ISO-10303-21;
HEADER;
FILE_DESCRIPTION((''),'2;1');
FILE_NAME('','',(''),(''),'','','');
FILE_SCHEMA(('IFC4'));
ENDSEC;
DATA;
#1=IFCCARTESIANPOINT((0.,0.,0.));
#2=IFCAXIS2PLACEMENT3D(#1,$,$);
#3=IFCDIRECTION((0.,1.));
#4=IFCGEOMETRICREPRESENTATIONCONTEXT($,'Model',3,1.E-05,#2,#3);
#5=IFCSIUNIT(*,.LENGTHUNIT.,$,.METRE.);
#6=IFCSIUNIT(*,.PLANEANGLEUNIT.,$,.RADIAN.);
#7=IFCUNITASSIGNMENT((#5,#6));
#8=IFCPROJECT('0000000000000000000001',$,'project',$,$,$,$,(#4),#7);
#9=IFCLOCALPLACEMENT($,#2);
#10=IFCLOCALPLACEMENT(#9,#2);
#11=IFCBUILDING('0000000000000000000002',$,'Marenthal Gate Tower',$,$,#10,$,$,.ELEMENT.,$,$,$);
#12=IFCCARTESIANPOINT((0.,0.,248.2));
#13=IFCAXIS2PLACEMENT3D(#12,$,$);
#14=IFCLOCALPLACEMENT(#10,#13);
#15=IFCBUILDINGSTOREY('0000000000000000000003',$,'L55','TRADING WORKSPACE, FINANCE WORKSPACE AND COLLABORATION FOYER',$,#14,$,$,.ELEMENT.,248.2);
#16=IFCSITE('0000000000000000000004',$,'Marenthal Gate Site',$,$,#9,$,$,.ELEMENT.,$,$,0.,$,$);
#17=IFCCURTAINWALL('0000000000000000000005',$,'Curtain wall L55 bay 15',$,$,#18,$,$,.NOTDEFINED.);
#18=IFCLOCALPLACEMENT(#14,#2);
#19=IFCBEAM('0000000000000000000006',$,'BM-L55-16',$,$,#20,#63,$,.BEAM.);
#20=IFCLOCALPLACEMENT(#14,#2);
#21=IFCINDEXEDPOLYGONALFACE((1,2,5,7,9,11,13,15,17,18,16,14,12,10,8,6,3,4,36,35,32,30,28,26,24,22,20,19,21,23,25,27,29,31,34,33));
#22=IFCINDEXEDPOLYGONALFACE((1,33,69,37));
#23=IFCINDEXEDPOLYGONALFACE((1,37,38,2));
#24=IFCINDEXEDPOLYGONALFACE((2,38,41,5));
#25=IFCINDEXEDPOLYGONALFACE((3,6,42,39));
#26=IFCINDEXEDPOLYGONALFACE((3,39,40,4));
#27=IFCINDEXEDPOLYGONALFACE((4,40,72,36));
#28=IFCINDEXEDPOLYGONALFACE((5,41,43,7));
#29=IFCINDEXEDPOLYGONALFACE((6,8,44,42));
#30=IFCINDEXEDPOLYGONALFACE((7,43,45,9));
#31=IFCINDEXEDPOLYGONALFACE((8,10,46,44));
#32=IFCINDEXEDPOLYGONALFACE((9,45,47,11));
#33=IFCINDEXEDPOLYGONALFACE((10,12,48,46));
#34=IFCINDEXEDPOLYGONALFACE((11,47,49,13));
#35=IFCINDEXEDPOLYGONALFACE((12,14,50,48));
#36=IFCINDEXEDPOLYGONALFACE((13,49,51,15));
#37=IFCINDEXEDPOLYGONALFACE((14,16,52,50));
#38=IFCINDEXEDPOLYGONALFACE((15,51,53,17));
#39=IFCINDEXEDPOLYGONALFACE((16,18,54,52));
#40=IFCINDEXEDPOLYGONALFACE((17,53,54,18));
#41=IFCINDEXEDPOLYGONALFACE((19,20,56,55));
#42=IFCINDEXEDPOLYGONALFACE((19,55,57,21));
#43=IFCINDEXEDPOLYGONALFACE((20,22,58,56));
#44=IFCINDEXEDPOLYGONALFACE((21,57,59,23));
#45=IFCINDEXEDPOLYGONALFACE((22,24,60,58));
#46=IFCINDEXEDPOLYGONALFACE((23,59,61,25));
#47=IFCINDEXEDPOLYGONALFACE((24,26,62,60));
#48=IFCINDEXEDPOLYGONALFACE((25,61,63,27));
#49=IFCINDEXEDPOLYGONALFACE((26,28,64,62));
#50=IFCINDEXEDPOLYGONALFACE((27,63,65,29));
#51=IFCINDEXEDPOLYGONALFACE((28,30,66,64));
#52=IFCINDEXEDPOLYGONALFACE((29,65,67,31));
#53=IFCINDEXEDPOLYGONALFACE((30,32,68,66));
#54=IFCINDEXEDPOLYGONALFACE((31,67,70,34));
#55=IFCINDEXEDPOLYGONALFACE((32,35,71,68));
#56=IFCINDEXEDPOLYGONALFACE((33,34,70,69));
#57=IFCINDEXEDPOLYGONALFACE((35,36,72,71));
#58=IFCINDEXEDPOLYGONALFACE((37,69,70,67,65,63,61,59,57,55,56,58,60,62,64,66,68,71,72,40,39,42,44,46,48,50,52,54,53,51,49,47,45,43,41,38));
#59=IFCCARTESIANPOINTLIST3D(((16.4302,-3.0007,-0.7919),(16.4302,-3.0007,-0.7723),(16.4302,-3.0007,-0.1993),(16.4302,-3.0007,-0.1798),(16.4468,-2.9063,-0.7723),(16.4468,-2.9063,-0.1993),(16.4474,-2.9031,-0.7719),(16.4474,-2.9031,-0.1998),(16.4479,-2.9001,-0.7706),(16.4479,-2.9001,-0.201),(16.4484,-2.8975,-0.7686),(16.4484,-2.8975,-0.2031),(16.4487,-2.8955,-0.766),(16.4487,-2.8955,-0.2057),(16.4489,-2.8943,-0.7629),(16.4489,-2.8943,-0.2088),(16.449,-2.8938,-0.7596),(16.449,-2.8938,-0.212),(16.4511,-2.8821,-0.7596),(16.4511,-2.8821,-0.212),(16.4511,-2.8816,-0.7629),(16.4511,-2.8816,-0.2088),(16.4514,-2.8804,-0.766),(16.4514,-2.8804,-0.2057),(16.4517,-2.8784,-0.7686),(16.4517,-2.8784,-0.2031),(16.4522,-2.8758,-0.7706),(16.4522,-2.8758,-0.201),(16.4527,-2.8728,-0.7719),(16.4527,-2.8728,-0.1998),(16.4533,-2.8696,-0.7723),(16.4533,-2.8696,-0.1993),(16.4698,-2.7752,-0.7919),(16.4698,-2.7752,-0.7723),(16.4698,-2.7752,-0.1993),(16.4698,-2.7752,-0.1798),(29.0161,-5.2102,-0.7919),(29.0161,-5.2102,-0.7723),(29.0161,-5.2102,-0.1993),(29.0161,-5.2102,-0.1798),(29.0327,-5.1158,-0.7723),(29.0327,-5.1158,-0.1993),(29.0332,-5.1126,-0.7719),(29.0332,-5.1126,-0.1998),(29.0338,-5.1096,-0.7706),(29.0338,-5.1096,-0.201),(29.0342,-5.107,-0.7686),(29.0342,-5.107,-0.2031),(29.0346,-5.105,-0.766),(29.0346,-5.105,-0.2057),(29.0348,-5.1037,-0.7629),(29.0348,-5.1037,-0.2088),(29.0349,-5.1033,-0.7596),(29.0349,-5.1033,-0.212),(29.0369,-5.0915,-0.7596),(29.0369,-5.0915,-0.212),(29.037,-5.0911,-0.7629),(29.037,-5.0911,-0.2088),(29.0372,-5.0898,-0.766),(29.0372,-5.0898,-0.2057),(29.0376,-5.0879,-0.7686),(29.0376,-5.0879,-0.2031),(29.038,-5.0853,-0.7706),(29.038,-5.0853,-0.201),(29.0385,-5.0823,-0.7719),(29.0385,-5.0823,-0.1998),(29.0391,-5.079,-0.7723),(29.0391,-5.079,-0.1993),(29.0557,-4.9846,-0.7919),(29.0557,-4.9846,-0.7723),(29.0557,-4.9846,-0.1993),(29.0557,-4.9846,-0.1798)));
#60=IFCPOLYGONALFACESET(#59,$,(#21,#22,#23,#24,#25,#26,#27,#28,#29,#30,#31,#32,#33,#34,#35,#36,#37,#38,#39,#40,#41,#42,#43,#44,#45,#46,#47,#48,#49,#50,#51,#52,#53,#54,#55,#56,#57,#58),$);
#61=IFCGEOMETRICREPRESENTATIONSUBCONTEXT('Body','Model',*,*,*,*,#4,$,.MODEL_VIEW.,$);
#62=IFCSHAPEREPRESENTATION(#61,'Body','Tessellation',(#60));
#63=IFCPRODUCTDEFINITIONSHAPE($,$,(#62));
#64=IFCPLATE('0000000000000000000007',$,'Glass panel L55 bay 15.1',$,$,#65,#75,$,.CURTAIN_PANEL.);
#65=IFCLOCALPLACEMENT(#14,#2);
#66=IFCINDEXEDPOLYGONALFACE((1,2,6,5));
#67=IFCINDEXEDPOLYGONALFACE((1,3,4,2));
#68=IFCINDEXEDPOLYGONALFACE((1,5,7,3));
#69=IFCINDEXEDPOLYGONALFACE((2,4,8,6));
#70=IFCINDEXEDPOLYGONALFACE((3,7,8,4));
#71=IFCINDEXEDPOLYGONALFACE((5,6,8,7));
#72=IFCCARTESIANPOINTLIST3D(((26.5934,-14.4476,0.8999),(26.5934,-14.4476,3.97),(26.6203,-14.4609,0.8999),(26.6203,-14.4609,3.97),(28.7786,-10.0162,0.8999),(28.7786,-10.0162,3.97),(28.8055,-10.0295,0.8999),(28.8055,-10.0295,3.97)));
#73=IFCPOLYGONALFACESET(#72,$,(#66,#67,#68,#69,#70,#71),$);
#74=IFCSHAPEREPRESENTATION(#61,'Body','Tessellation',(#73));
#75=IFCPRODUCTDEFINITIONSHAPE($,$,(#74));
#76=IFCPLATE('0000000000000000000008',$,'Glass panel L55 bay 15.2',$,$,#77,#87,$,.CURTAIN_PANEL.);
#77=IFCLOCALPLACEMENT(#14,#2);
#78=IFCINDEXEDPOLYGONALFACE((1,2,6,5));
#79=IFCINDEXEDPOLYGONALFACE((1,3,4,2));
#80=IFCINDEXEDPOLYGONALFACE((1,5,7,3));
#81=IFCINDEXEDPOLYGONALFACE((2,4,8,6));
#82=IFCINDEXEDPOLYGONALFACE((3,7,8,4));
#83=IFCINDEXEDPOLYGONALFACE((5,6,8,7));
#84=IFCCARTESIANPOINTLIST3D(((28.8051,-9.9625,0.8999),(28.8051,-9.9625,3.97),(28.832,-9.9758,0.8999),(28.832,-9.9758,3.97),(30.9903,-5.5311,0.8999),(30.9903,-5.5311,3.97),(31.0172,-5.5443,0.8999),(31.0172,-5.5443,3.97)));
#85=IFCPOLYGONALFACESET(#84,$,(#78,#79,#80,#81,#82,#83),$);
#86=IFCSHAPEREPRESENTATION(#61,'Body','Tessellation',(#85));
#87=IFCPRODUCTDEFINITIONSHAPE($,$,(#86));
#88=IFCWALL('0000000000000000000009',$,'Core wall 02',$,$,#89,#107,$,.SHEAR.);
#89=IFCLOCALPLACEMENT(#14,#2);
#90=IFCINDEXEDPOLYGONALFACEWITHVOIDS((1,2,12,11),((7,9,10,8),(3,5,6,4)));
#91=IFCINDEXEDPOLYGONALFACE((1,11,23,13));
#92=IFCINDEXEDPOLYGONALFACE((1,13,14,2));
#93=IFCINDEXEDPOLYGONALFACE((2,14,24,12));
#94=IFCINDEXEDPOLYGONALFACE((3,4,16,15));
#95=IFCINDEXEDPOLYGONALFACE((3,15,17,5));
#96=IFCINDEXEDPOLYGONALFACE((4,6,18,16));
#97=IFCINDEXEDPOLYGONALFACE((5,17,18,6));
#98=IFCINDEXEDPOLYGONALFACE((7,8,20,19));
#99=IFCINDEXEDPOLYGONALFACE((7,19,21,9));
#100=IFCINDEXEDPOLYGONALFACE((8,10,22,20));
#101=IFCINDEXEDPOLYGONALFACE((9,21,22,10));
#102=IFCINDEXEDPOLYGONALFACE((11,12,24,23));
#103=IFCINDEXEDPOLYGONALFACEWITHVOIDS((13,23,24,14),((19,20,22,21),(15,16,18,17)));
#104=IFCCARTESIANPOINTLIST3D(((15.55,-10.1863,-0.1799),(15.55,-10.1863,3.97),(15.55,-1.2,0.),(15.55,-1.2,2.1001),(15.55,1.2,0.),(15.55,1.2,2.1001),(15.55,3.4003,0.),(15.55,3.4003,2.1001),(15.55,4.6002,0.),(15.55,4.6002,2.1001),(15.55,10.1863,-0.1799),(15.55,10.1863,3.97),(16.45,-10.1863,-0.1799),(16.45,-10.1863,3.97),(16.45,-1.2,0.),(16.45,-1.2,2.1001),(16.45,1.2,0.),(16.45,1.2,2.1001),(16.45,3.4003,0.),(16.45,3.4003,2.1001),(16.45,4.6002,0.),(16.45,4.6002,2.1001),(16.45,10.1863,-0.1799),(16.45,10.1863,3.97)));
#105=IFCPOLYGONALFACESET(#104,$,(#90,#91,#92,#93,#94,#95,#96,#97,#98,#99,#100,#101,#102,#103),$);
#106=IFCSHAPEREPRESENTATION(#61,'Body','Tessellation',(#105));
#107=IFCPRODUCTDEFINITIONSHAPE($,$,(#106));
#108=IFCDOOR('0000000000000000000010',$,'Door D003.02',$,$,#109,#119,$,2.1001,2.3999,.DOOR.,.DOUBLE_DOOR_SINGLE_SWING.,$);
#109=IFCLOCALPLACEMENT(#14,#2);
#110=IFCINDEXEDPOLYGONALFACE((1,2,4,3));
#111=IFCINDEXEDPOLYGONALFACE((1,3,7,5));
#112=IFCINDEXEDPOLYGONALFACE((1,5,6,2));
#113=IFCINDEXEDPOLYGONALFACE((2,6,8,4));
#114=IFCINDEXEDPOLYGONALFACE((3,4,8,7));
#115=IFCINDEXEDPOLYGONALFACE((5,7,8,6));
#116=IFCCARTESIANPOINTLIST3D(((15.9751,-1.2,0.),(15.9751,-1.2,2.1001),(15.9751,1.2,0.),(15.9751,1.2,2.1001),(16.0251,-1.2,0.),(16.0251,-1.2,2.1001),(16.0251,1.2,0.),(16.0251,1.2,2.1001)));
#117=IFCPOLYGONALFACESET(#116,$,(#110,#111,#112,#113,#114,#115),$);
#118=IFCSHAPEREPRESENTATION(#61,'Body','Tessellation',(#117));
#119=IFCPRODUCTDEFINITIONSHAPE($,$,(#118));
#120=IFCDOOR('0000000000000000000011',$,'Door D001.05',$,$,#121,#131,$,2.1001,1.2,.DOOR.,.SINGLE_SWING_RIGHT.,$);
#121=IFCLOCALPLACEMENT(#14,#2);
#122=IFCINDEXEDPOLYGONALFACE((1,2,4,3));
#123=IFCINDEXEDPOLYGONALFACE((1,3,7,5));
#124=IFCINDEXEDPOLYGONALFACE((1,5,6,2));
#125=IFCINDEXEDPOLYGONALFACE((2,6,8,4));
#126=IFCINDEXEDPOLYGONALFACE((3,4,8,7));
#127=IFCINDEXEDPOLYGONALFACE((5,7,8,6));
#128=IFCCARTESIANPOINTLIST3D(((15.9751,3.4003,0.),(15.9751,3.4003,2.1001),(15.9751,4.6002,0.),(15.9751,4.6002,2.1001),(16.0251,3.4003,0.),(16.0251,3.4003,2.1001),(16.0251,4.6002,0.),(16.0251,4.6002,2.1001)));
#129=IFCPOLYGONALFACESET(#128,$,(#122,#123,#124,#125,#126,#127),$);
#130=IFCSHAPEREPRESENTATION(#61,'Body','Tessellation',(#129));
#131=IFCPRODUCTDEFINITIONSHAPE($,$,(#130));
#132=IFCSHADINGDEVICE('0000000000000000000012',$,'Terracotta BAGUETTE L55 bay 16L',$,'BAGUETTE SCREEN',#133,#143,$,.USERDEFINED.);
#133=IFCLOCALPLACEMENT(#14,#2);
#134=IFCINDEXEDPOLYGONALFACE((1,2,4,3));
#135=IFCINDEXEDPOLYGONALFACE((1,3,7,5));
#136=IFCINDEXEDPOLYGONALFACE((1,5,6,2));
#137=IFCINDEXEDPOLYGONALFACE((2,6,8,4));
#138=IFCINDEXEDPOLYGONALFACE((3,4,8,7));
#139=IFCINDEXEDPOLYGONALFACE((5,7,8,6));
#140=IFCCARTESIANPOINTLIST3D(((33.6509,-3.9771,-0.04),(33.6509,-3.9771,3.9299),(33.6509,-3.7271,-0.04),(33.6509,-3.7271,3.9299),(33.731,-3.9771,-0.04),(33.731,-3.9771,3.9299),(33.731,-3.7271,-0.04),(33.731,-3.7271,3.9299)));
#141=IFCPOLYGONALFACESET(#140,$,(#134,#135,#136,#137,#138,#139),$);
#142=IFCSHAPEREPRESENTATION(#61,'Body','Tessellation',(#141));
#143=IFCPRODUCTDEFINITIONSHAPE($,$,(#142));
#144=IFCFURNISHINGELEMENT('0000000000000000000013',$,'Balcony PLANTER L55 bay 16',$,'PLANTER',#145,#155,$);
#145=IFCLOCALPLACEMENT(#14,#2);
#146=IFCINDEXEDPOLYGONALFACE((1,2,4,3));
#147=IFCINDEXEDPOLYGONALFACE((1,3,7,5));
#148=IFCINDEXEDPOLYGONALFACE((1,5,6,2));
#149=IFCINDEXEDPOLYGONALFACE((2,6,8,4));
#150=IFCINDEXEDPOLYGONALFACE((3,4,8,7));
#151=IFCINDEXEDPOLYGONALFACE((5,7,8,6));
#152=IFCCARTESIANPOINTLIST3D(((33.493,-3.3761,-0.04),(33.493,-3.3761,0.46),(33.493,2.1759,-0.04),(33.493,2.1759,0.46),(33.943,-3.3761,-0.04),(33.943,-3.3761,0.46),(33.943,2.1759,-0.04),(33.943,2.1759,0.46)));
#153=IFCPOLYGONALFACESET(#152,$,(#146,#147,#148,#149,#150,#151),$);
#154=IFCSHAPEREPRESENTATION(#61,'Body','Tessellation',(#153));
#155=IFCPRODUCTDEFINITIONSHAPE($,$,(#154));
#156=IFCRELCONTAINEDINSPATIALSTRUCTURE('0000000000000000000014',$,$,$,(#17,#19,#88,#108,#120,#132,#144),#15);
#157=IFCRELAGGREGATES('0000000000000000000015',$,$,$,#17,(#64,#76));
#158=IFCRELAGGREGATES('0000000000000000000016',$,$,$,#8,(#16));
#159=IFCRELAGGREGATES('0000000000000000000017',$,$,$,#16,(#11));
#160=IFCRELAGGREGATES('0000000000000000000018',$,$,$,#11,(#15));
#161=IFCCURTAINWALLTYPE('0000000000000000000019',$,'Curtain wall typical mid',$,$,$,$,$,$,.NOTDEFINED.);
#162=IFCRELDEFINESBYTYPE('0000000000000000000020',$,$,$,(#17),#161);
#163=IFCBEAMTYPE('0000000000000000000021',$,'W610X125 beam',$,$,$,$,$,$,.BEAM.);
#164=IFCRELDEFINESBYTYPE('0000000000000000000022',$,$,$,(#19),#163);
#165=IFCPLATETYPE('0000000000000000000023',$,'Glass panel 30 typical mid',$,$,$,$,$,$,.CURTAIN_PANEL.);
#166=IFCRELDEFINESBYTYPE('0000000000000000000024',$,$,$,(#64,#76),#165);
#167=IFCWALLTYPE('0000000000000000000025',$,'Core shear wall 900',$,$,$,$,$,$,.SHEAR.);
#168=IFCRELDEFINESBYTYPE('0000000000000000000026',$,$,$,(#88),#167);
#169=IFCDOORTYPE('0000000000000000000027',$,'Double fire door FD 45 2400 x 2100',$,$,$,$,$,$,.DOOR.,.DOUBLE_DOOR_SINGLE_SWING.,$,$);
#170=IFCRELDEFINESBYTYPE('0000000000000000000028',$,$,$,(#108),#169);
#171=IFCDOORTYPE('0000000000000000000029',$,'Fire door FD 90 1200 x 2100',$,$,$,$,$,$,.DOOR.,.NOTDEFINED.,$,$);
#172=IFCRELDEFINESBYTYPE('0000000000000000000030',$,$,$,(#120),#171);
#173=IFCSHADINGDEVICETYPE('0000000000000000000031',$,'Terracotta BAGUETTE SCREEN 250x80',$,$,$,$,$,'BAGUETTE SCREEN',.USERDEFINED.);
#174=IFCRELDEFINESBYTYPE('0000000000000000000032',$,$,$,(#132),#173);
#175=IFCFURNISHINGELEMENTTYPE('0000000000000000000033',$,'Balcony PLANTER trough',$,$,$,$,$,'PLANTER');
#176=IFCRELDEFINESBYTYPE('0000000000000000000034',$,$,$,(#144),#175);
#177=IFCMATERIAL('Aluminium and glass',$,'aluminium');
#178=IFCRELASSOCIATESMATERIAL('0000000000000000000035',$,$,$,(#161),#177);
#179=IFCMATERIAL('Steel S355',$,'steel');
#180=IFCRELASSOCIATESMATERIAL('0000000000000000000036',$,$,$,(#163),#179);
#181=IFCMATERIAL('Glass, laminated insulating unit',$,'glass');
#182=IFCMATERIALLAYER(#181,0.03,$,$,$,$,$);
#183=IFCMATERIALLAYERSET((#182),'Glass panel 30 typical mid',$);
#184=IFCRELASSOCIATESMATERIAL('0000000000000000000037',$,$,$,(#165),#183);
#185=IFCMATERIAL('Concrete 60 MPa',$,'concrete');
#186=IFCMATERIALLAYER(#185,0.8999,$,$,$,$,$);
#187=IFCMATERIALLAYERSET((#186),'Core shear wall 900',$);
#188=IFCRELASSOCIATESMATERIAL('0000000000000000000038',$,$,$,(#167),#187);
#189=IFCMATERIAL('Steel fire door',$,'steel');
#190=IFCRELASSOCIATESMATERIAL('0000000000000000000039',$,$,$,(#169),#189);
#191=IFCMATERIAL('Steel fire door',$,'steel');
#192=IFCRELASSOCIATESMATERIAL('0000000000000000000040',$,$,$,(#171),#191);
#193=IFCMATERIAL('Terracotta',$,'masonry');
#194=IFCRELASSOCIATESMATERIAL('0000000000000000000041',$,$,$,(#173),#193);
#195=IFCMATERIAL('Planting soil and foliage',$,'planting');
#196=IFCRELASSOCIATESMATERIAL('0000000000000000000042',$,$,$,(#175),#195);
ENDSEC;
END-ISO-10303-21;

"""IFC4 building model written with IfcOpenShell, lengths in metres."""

from ifc_helpers import new_model, si_unit, direction, frame, frame_2d, origin, origin_2d, place, context, subcontext, project, spatial, rectangle, i_section, extrude, material, layer, layer_set, material_profile, profile_set, type_object, element, fill, aggregate, save


model = new_model("IFC4")

# Units and contexts
model_context = context("Model", 3, precision=1e-05, world=origin(), true_north=direction((0.0, 1.0)))
body_context = subcontext(model_context, "Body", "Model", "MODEL_VIEW")
ifc_project = project(units=[si_unit("LENGTHUNIT", "METRE"), si_unit("PLANEANGLEUNIT", "RADIAN")], contexts=[model_context])

# Site, building, storey
site_placement = place(None, origin())
site = spatial("IfcSite", under=ifc_project, at=site_placement, Name="Marenthal Gate Site", CompositionType="ELEMENT", RefElevation=0.0)
building_placement = place(site_placement, origin())
building = spatial("IfcBuilding", under=site, at=building_placement, Name="Marenthal Gate Tower", CompositionType="ELEMENT")
storey_placement = place(building_placement, frame((0.0, 0.0, 248.2)))
storey = spatial("IfcBuildingStorey", under=building, at=storey_placement, Name="L55", Description="TRADING WORKSPACE, FINANCE WORKSPACE AND COLLABORATION FOYER", CompositionType="ELEMENT", Elevation=248.2)

# Curtain wall
ifc_material_1 = material(Name="Aluminium and glass", Category="aluminium")
curtain_wall_type = type_object("IfcCurtainWallType", Name="Curtain wall typical mid", PredefinedType="NOTDEFINED", material=ifc_material_1)
curtain_wall_placement = place(storey_placement, origin())
curtain_wall = element("IfcCurtainWall", 1, at=curtain_wall_placement, inside=storey, type_object=curtain_wall_type, Name="Curtain wall L55 bay 15", PredefinedType="NOTDEFINED")

# Beam
ifc_material_2 = material(Name="Steel S355", Category="steel")
ifc_material_profile_1 = material_profile(ifc_material_2, i_section(OverallWidth=0.229, OverallDepth=0.6121, WebThickness=0.012, FlangeThickness=0.0195, FilletRadius=0.0127, at=origin_2d()), Name="W610X125")
ifc_profile_set_1 = profile_set([ifc_material_profile_1], Name="Steel S355")
beam_type_1 = type_object("IfcBeamType", Name="W610X125 beam", PredefinedType="BEAM", material=ifc_profile_set_1)
beam_1_placement = place(storey_placement, frame((29.0359, -5.0974, -0.4858), z_axis=(-0.984938, 0.172907, 0.0), x_axis=(-0.172907, -0.984938, 0.0)))
element("IfcBeam", 2, at=beam_1_placement, inside=storey, type_object=beam_type_1, Name="BM-L55-16", PredefinedType="BEAM", context=body_context, shape_type="SweptSolid", body=[
    extrude(i_section(OverallWidth=0.229, OverallDepth=0.6121, WebThickness=0.012, FlangeThickness=0.0195, FilletRadius=0.0127, at=origin_2d()), origin(), (0.0, 0.0, 1.0), 12.7783),
])

# Plates
ifc_material_3 = material(Name="Glass, laminated insulating unit", Category="glass")
ifc_layer_1 = layer(ifc_material_3, 0.03)
ifc_layer_set_1 = layer_set([ifc_layer_1], Name="Glass panel 30 typical mid")
plate_type = type_object("IfcPlateType", Name="Glass panel 30 typical mid", PredefinedType="CURTAIN_PANEL", material=ifc_layer_set_1)
plate_1_placement = place(storey_placement, frame((27.6995, -12.2385, 0.8999), z_axis=(0.0, 0.0, 1.0), x_axis=(0.442269, 0.896882, 0.0)))
plate_1 = element("IfcPlate", 3, at=plate_1_placement, type_object=plate_type, Name="Glass panel L55 bay 15.1", PredefinedType="CURTAIN_PANEL", context=body_context, shape_type="SweptSolid", body=[
    extrude(rectangle(XDim=4.9409, YDim=0.03, at=origin_2d()), origin(), (0.0, 0.0, 1.0), 3.0701),
])
plate_2_placement = place(storey_placement, frame((29.9111, -7.7534, 0.8999), z_axis=(0.0, 0.0, 1.0), x_axis=(0.442269, 0.896882, 0.0)))
plate_2 = element("IfcPlate", 4, at=plate_2_placement, type_object=plate_type, Name="Glass panel L55 bay 15.2", PredefinedType="CURTAIN_PANEL", context=body_context, shape_type="SweptSolid", body=[
    extrude(rectangle(XDim=4.9409, YDim=0.03, at=origin_2d()), origin(), (0.0, 0.0, 1.0), 3.0701),
])
aggregate(curtain_wall, [plate_1, plate_2])

# Wall, openings, doors
ifc_material_4 = material(Name="Concrete 60 MPa", Category="concrete")
ifc_layer_2 = layer(ifc_material_4, 0.8999)
ifc_layer_set_2 = layer_set([ifc_layer_2], Name="Core shear wall 900")
wall_type_1 = type_object("IfcWallType", Name="Core shear wall 900", PredefinedType="SHEAR", material=ifc_layer_set_2)
wall_1_placement = place(storey_placement, frame((16.0, -10.1863, -0.1799), z_axis=(0.0, 0.0, 1.0), x_axis=(0.0, 1.0, 0.0)))
wall_1 = element("IfcWall", 5, at=wall_1_placement, inside=storey, type_object=wall_type_1, Name="Core wall 02", PredefinedType="SHEAR", context=body_context, shape_type="SweptSolid", body=[
    extrude(rectangle(XDim=20.3726, YDim=0.8999, at=frame_2d((10.1863, 0.0))), origin(), (0.0, 0.0, 1.0), 4.1499),
])
opening_1_placement = place(wall_1_placement, frame((8.9863, 0.0, 0.1799)))
opening_1 = element("IfcOpeningElement", 6, at=opening_1_placement, cuts=wall_1, PredefinedType="OPENING", context=body_context, shape_type="SweptSolid", body=[
    extrude(rectangle(XDim=2.3999, YDim=2.1001, at=frame_2d((1.2, 1.05))), frame((0.0, 0.46, 0.0), z_axis=(0.0, -1.0, 0.0), x_axis=(1.0, 0.0, 0.0)), (0.0, 0.0, 1.0), 0.9199),
])
opening_2_placement = place(wall_1_placement, frame((13.5864, 0.0, 0.1799)))
opening_2 = element("IfcOpeningElement", 7, at=opening_2_placement, cuts=wall_1, PredefinedType="OPENING", context=body_context, shape_type="SweptSolid", body=[
    extrude(rectangle(XDim=1.2, YDim=2.1001, at=frame_2d((0.6001, 1.05))), frame((0.0, 0.46, 0.0), z_axis=(0.0, -1.0, 0.0), x_axis=(1.0, 0.0, 0.0)), (0.0, 0.0, 1.0), 0.9199),
])
ifc_material_5 = material(Name="Steel fire door", Category="steel")
door_type_1 = type_object("IfcDoorType", Name="Double fire door FD 45 2400 x 2100", OperationType="DOUBLE_DOOR_SINGLE_SWING", PredefinedType="DOOR", material=ifc_material_5)
door_1_placement = place(opening_1_placement, origin())
door_1 = element("IfcDoor", 8, at=door_1_placement, inside=storey, type_object=door_type_1, Name="Door D003.02", OperationType="DOUBLE_DOOR_SINGLE_SWING", OverallHeight=2.1001, OverallWidth=2.3999, PredefinedType="DOOR", context=body_context, shape_type="SweptSolid", body=[
    extrude(rectangle(XDim=2.3999, YDim=2.1001, at=frame_2d((1.2, 1.05))), frame((0.0, 0.0249, 0.0), z_axis=(0.0, -1.0, 0.0), x_axis=(1.0, 0.0, 0.0)), (0.0, 0.0, 1.0), 0.05),
])
fill(opening_1, door_1)
ifc_material_6 = material(Name="Steel fire door", Category="steel")
door_type_2 = type_object("IfcDoorType", Name="Fire door FD 90 1200 x 2100", OperationType="NOTDEFINED", PredefinedType="DOOR", material=ifc_material_6)
door_2_placement = place(opening_2_placement, origin())
door_2 = element("IfcDoor", 9, at=door_2_placement, inside=storey, type_object=door_type_2, Name="Door D001.05", OperationType="SINGLE_SWING_RIGHT", OverallHeight=2.1001, OverallWidth=1.2, PredefinedType="DOOR", context=body_context, shape_type="SweptSolid", body=[
    extrude(rectangle(XDim=1.2, YDim=2.1001, at=frame_2d((0.6001, 1.05))), frame((0.0, 0.0249, 0.0), z_axis=(0.0, -1.0, 0.0), x_axis=(1.0, 0.0, 0.0)), (0.0, 0.0, 1.0), 0.05),
])
fill(opening_2, door_2)

# Shading device
ifc_material_7 = material(Name="Terracotta", Category="masonry")
ifc_material_profile_2 = material_profile(ifc_material_7, rectangle(XDim=0.25, YDim=0.0801, at=origin_2d()), Name="Terracotta baguette 250x80")
ifc_profile_set_2 = profile_set([ifc_material_profile_2], Name="Terracotta")
shading_device_type = type_object("IfcShadingDeviceType", Name="Terracotta BAGUETTE SCREEN 250x80", ElementType="BAGUETTE SCREEN", PredefinedType="USERDEFINED", material=ifc_profile_set_2)
shading_device_placement = place(storey_placement, frame((33.6909, -3.8521, -0.04), z_axis=(0.0, 0.0, 1.0), x_axis=(0.0, 1.0, 0.0)))
element("IfcShadingDevice", 10, at=shading_device_placement, inside=storey, type_object=shading_device_type, Name="Terracotta BAGUETTE L55 bay 16L", ObjectType="BAGUETTE SCREEN", PredefinedType="USERDEFINED", context=body_context, shape_type="SweptSolid", body=[
    extrude(rectangle(XDim=0.25, YDim=0.0801, at=origin_2d()), origin(), (0.0, 0.0, 1.0), 3.97),
])

# Furnishing element
ifc_material_8 = material(Name="Planting soil and foliage", Category="planting")
furnishing_element_type = type_object("IfcFurnishingElementType", Name="Balcony PLANTER trough", ElementType="PLANTER", material=ifc_material_8)
furnishing_placement = place(storey_placement, frame((33.718, -0.6001, -0.04), z_axis=(0.0, 0.0, 1.0), x_axis=(0.0, 1.0, 0.0)))
element("IfcFurnishingElement", 11, at=furnishing_placement, inside=storey, type_object=furnishing_element_type, Name="Balcony PLANTER L55 bay 16", ObjectType="PLANTER", context=body_context, shape_type="SweptSolid", body=[
    extrude(rectangle(XDim=5.552, YDim=0.45, at=origin_2d()), origin(), (0.0, 0.0, 1.0), 0.5),
])

save(model, "model.ifc")
